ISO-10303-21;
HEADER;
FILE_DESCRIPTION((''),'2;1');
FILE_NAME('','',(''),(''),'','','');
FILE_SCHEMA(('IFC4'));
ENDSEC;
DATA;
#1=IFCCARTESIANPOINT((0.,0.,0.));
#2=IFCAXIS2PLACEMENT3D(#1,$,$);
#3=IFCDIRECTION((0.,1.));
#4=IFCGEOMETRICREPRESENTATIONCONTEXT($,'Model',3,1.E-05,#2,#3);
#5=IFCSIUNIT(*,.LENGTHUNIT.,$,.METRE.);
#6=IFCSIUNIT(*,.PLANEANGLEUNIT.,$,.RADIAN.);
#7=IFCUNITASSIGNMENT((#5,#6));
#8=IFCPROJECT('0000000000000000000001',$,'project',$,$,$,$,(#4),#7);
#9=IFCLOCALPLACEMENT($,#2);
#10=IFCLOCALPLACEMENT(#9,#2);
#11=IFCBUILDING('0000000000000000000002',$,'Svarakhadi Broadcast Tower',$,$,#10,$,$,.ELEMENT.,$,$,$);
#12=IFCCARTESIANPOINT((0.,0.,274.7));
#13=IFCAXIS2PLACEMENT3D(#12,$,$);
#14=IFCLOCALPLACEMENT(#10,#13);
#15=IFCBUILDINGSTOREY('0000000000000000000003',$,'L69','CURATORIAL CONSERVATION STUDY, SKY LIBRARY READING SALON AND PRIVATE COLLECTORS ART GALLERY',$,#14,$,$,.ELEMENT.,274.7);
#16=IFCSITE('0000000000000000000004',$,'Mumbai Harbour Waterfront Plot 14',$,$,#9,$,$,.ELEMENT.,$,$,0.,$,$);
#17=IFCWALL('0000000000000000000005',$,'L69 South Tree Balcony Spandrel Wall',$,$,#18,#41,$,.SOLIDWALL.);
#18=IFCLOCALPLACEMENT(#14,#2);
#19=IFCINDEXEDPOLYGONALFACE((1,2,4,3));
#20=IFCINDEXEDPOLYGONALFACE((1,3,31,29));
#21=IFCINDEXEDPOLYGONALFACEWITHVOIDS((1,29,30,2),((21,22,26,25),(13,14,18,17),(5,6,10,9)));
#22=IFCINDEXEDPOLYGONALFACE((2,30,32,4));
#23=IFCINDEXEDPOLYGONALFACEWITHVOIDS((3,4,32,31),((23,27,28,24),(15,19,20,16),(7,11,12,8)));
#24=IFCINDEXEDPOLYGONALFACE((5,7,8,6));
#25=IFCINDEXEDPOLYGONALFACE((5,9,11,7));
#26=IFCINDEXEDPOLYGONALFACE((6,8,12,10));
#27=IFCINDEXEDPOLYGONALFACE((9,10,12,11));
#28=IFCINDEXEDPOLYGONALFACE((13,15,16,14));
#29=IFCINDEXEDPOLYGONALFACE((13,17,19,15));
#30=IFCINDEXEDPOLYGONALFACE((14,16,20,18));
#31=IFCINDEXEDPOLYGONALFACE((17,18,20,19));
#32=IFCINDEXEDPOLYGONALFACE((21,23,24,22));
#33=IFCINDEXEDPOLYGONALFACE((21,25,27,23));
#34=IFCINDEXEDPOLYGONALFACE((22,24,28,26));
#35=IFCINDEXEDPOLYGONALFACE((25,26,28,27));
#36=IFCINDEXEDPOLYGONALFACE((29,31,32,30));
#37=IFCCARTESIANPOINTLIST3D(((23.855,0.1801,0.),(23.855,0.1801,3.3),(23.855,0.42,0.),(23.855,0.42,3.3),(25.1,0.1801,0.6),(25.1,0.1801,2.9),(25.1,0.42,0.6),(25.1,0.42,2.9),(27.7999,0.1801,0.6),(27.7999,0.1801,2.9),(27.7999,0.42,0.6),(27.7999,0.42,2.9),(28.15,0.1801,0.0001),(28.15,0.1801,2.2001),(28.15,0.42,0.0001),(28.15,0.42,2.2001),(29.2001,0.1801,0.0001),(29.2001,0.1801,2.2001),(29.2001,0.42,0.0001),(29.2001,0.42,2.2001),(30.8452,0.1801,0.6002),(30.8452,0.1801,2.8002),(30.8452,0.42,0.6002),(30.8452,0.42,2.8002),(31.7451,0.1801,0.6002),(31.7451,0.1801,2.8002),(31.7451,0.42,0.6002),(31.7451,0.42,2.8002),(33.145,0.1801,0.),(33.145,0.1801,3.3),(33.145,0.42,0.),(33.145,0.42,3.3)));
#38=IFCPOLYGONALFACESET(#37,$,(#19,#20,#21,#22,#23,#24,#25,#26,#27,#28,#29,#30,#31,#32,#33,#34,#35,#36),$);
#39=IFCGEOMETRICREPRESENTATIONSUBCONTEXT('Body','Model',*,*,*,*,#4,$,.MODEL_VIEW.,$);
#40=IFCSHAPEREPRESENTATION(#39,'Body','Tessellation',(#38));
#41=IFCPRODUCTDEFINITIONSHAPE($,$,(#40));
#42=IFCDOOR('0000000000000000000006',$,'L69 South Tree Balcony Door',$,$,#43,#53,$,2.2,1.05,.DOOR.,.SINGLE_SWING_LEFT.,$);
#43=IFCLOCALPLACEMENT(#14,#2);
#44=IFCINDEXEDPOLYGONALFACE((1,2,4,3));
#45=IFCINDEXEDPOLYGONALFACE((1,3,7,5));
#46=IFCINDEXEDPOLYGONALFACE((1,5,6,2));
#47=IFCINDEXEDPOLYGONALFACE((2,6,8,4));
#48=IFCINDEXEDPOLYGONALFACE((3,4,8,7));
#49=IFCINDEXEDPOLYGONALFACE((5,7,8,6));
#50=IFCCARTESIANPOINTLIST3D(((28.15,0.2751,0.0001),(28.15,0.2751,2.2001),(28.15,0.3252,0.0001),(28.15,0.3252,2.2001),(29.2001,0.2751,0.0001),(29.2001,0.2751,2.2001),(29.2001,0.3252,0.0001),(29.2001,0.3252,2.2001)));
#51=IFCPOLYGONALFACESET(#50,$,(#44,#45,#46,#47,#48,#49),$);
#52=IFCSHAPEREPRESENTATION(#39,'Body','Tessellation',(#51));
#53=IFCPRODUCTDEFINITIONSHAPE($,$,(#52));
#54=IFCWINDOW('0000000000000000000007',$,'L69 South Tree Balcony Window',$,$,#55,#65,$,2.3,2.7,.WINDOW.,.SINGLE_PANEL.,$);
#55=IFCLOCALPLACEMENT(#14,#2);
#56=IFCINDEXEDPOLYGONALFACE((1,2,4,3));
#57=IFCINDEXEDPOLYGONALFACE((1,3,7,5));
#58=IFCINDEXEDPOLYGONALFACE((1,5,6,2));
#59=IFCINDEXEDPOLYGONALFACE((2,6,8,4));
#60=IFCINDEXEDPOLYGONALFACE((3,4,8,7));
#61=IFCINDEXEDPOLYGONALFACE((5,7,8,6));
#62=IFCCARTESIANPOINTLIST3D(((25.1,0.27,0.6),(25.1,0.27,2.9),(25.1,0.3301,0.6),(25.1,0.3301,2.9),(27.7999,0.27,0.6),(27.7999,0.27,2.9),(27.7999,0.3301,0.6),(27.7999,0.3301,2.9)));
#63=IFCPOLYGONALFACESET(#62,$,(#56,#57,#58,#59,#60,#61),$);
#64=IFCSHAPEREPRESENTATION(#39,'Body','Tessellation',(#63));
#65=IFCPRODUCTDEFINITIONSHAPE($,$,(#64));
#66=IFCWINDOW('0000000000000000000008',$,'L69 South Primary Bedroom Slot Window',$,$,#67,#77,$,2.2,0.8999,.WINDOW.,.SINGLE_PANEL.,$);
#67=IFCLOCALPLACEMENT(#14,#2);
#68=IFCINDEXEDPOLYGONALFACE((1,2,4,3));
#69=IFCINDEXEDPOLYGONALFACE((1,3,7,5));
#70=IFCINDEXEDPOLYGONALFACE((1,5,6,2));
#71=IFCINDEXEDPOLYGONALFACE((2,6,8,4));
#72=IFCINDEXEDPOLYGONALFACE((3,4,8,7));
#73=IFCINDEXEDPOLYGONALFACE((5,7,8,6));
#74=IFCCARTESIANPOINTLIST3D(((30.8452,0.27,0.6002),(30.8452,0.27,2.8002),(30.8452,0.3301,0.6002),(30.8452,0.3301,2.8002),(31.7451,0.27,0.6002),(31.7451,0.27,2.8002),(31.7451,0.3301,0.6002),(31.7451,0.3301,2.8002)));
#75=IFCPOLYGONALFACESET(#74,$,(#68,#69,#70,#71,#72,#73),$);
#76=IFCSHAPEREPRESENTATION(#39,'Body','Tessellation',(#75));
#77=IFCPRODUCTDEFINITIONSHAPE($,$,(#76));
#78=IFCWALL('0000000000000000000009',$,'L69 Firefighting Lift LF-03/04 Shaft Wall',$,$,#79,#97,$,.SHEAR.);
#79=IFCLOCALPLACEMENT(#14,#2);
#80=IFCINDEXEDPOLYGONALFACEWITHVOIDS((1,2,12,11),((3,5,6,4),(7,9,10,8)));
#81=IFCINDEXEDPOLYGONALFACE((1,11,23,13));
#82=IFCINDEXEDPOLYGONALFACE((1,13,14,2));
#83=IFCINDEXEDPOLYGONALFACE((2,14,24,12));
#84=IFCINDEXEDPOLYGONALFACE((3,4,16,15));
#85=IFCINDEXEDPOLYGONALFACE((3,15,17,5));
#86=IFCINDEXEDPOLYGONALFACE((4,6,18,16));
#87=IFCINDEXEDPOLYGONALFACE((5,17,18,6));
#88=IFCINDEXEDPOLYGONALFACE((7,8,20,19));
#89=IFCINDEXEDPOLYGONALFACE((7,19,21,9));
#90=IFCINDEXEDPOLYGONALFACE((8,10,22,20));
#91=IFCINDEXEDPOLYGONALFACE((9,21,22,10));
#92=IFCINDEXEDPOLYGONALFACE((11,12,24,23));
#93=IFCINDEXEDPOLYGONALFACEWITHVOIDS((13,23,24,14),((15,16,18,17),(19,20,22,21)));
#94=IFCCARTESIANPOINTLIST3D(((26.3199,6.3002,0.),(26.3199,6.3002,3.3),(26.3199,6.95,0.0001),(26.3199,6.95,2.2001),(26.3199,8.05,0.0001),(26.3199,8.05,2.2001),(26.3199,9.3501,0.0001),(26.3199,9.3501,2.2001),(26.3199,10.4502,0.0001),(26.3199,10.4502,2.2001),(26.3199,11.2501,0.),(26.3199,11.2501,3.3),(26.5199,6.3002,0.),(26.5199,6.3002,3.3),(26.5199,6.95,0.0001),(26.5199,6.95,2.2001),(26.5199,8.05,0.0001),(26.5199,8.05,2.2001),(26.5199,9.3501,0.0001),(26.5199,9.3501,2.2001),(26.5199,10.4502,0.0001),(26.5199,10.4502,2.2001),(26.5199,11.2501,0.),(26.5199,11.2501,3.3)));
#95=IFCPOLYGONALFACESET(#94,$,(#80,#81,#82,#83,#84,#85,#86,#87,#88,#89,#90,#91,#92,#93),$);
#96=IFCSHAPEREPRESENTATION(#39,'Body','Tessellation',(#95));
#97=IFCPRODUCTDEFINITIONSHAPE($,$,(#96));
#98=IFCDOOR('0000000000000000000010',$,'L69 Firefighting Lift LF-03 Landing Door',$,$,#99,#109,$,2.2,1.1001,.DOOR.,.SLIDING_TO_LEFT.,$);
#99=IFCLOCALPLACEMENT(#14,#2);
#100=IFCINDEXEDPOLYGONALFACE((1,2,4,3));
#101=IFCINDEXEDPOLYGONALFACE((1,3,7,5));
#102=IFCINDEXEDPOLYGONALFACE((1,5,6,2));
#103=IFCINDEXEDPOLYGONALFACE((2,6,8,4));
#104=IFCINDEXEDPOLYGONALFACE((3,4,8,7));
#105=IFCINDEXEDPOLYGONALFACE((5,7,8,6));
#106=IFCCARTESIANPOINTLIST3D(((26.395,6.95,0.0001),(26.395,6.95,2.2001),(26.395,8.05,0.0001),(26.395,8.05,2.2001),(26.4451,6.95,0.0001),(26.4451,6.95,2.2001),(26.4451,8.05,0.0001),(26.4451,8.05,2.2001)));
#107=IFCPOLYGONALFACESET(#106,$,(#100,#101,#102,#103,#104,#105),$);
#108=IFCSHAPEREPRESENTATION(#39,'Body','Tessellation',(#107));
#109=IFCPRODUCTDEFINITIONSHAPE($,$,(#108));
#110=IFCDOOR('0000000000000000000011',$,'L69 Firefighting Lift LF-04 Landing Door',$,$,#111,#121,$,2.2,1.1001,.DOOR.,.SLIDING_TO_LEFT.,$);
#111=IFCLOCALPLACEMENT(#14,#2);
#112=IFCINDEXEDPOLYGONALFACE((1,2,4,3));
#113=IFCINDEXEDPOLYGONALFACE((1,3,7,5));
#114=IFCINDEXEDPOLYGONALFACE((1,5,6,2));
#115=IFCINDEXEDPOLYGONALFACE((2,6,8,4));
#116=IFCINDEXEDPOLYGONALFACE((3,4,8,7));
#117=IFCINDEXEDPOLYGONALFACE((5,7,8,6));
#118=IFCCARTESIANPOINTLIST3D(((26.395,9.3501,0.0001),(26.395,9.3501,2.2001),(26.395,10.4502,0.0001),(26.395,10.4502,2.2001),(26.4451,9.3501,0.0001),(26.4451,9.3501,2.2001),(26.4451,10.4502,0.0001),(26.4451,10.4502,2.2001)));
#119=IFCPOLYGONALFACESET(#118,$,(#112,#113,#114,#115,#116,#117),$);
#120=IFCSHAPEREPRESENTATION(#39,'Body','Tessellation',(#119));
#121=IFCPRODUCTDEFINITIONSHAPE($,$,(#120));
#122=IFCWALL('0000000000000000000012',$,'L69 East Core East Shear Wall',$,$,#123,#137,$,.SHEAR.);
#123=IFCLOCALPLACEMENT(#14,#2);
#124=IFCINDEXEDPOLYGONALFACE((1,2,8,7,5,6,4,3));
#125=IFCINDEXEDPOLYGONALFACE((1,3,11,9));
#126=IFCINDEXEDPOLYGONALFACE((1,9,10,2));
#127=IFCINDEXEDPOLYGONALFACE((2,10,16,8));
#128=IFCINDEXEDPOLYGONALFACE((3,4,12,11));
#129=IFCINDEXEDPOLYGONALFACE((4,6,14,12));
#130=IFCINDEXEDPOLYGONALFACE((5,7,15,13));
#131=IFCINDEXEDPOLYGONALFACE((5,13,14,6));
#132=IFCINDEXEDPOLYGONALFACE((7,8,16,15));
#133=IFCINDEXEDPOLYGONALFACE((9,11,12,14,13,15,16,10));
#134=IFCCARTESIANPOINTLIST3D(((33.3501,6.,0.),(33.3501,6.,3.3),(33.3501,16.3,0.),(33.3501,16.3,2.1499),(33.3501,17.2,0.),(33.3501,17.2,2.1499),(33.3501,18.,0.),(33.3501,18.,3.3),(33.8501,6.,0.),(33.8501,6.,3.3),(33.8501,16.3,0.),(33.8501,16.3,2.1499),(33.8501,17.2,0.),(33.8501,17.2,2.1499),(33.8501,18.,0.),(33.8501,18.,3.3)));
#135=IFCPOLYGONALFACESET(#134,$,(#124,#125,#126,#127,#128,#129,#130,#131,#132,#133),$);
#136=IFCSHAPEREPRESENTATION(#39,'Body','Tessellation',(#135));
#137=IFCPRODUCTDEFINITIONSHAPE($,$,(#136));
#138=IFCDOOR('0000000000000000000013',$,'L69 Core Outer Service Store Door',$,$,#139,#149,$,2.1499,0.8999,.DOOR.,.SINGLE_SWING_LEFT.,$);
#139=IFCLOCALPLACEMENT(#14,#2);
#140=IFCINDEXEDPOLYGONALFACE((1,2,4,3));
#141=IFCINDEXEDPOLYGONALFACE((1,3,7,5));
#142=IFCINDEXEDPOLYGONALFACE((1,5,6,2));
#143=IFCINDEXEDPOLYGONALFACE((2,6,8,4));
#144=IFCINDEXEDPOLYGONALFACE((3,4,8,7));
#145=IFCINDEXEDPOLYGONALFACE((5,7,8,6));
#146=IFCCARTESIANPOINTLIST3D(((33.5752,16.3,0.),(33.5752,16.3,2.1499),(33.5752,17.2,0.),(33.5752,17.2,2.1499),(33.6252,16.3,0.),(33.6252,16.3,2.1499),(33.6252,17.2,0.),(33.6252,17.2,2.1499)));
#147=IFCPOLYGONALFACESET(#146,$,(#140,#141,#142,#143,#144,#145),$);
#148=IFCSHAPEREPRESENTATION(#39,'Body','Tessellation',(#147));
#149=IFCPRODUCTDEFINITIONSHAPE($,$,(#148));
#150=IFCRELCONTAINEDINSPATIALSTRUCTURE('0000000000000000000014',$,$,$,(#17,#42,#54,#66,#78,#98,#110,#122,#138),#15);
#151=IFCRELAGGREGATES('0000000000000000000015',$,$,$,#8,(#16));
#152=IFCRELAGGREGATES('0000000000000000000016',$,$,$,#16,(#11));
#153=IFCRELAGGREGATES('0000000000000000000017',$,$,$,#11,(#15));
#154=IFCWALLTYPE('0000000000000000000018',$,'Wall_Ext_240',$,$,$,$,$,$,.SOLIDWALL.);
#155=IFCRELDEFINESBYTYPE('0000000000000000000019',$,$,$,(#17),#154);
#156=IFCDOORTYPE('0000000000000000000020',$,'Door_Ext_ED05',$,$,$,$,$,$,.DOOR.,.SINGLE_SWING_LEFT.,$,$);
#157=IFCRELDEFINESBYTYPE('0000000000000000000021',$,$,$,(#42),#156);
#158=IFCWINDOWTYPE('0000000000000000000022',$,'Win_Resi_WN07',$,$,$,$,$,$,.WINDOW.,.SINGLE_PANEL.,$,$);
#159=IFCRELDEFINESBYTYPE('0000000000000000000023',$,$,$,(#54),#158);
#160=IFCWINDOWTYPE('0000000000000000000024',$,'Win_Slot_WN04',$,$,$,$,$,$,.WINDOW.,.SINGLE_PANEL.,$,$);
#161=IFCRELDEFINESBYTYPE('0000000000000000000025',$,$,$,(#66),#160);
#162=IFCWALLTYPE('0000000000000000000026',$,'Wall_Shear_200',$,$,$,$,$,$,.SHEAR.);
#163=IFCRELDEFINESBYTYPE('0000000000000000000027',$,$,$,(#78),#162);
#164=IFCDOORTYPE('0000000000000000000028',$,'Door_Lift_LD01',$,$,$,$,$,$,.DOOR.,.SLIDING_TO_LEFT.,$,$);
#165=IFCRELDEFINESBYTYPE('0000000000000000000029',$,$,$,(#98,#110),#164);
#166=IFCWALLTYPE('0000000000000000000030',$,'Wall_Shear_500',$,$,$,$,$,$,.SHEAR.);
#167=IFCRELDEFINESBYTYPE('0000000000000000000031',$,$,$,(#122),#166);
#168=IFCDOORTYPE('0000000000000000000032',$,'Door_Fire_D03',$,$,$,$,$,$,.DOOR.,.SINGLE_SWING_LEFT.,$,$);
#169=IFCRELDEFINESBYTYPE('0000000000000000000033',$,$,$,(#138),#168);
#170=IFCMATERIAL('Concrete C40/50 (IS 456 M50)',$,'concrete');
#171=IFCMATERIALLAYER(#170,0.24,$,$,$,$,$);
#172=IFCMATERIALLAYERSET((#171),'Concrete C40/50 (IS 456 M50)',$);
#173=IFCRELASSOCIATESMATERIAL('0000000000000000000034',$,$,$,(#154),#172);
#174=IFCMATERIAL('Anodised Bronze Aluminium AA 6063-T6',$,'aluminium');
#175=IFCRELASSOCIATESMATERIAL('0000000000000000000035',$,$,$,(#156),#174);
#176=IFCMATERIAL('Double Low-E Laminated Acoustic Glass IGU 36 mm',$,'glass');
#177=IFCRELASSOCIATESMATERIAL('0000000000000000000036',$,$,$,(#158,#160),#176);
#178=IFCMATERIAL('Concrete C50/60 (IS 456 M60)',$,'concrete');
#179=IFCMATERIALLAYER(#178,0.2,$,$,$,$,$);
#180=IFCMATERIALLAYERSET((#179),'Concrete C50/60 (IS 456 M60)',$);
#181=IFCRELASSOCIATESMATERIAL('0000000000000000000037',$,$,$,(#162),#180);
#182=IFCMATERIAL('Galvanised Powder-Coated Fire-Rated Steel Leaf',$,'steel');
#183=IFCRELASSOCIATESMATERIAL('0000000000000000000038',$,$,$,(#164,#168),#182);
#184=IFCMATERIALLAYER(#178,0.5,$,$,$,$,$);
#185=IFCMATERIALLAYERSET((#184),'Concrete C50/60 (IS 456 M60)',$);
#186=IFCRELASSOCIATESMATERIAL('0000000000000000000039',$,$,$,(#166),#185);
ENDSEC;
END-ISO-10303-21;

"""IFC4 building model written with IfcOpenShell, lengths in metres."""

from ifc_helpers import new_model, si_unit, direction, frame, frame_2d, origin, place, context, subcontext, project, spatial, rectangle, extrude, material, layer, layer_set, type_object, element, fill, save


model = new_model("IFC4")

# Units and contexts
model_context = context("Model", 3, precision=1e-05, world=origin(), true_north=direction((0.0, 1.0)))
body_context = subcontext(model_context, "Body", "Model", "MODEL_VIEW")
ifc_project = project(units=[si_unit("LENGTHUNIT", "METRE"), si_unit("PLANEANGLEUNIT", "RADIAN")], contexts=[model_context])

# Site, building, storey
site_placement = place(None, origin())
site = spatial("IfcSite", under=ifc_project, at=site_placement, Name="Mumbai Harbour Waterfront Plot 14", CompositionType="ELEMENT", RefElevation=0.0)
building_placement = place(site_placement, origin())
building = spatial("IfcBuilding", under=site, at=building_placement, Name="Svarakhadi Broadcast Tower", CompositionType="ELEMENT")
storey_placement = place(building_placement, frame((0.0, 0.0, 274.7)))
storey = spatial("IfcBuildingStorey", under=building, at=storey_placement, Name="L69", Description="CURATORIAL CONSERVATION STUDY, SKY LIBRARY READING SALON AND PRIVATE COLLECTORS ART GALLERY", CompositionType="ELEMENT", Elevation=274.7)

# Shared definitions
ifc_material_1 = material(Name="Concrete C50/60 (IS 456 M60)", Category="concrete")

# Shared definitions
ifc_material_2 = material(Name="Anodised Bronze Aluminium AA 6063-T6", Category="aluminium")

# Shared definitions
ifc_material_3 = material(Name="Double Low-E Laminated Acoustic Glass IGU 36 mm", Category="glass")

# Wall, openings, door, windows
ifc_material_4 = material(Name="Concrete C40/50 (IS 456 M50)", Category="concrete")
ifc_layer_1 = layer(ifc_material_4, 0.24)
ifc_layer_set_1 = layer_set([ifc_layer_1], Name="Concrete C40/50 (IS 456 M50)")
wall_type_1 = type_object("IfcWallType", Name="Wall_Ext_240", PredefinedType="SOLIDWALL", material=ifc_layer_set_1)
wall_1_placement = place(storey_placement, frame((33.145, 0.3, 0.0), z_axis=(0.0, 0.0, 1.0), x_axis=(-1.0, 0.0, 0.0)))
wall_1 = element("IfcWall", 1, at=wall_1_placement, inside=storey, type_object=wall_type_1, Name="L69 South Tree Balcony Spandrel Wall", PredefinedType="SOLIDWALL", context=body_context, shape_type="SweptSolid", body=[
    extrude(rectangle(XDim=9.29, YDim=0.24, at=frame_2d((4.645, 0.0))), origin(), (0.0, 0.0, 1.0), 3.3),
])
opening_1_placement = place(wall_1_placement, frame((3.9451, 0.0, 0.0)))
opening_1 = element("IfcOpeningElement", 2, at=opening_1_placement, cuts=wall_1, PredefinedType="OPENING", context=body_context, shape_type="SweptSolid", body=[
    extrude(rectangle(XDim=1.05, YDim=2.2, at=frame_2d((0.5249, 1.1001))), frame((0.0, 0.1299, 0.0), z_axis=(0.0, -1.0, 0.0), x_axis=(1.0, 0.0, 0.0)), (0.0, 0.0, 1.0), 0.26),
])
opening_2_placement = place(wall_1_placement, frame((5.345, 0.0, 0.6001)))
opening_2 = element("IfcOpeningElement", 3, at=opening_2_placement, cuts=wall_1, PredefinedType="OPENING", context=body_context, shape_type="SweptSolid", body=[
    extrude(rectangle(XDim=2.7, YDim=2.3, at=frame_2d((1.3501, 1.1499))), frame((0.0, 0.1299, 0.0), z_axis=(0.0, -1.0, 0.0), x_axis=(1.0, 0.0, 0.0)), (0.0, 0.0, 1.0), 0.26),
])
opening_3_placement = place(wall_1_placement, frame((1.3999, 0.0, 0.6001)))
opening_3 = element("IfcOpeningElement", 4, at=opening_3_placement, cuts=wall_1, PredefinedType="OPENING", context=body_context, shape_type="SweptSolid", body=[
    extrude(rectangle(XDim=0.8999, YDim=2.2, at=frame_2d((0.45, 1.1001))), frame((0.0, 0.1299, 0.0), z_axis=(0.0, -1.0, 0.0), x_axis=(1.0, 0.0, 0.0)), (0.0, 0.0, 1.0), 0.26),
])
door_type_1 = type_object("IfcDoorType", Name="Door_Ext_ED05", OperationType="SINGLE_SWING_LEFT", PredefinedType="DOOR", material=ifc_material_2)
door_1_placement = place(opening_1_placement, origin())
door_1 = element("IfcDoor", 5, at=door_1_placement, inside=storey, type_object=door_type_1, Name="L69 South Tree Balcony Door", OperationType="SINGLE_SWING_LEFT", OverallHeight=2.2, OverallWidth=1.05, PredefinedType="DOOR", context=body_context, shape_type="SweptSolid", body=[
    extrude(rectangle(XDim=1.05, YDim=2.2, at=frame_2d((0.5249, 1.1001))), frame((0.0, 0.0249, 0.0), z_axis=(0.0, -1.0, 0.0), x_axis=(1.0, 0.0, 0.0)), (0.0, 0.0, 1.0), 0.05),
])
fill(opening_1, door_1)
window_type_1 = type_object("IfcWindowType", Name="Win_Resi_WN07", PartitioningType="SINGLE_PANEL", PredefinedType="WINDOW", material=ifc_material_3)
window_1_placement = place(opening_2_placement, origin())
window_1 = element("IfcWindow", 6, at=window_1_placement, inside=storey, type_object=window_type_1, Name="L69 South Tree Balcony Window", OverallHeight=2.3, OverallWidth=2.7, PartitioningType="SINGLE_PANEL", PredefinedType="WINDOW", context=body_context, shape_type="SweptSolid", body=[
    extrude(rectangle(XDim=2.7, YDim=2.3, at=frame_2d((1.3501, 1.1499))), frame((0.0, 0.03, 0.0), z_axis=(0.0, -1.0, 0.0), x_axis=(1.0, 0.0, 0.0)), (0.0, 0.0, 1.0), 0.0601),
])
fill(opening_2, window_1)
window_type_2 = type_object("IfcWindowType", Name="Win_Slot_WN04", PartitioningType="SINGLE_PANEL", PredefinedType="WINDOW", material=ifc_material_3)
window_2_placement = place(opening_3_placement, origin())
window_2 = element("IfcWindow", 7, at=window_2_placement, inside=storey, type_object=window_type_2, Name="L69 South Primary Bedroom Slot Window", OverallHeight=2.2, OverallWidth=0.8999, PartitioningType="SINGLE_PANEL", PredefinedType="WINDOW", context=body_context, shape_type="SweptSolid", body=[
    extrude(rectangle(XDim=0.8999, YDim=2.2, at=frame_2d((0.45, 1.1001))), frame((0.0, 0.03, 0.0), z_axis=(0.0, -1.0, 0.0), x_axis=(1.0, 0.0, 0.0)), (0.0, 0.0, 1.0), 0.0601),
])
fill(opening_3, window_2)

# Wall, openings, doors
ifc_layer_2 = layer(ifc_material_1, 0.2)
ifc_layer_set_2 = layer_set([ifc_layer_2], Name="Concrete C50/60 (IS 456 M60)")
wall_type_2 = type_object("IfcWallType", Name="Wall_Shear_200", PredefinedType="SHEAR", material=ifc_layer_set_2)
wall_2_placement = place(storey_placement, frame((26.4199, 6.3, 0.0), z_axis=(0.0, 0.0, 1.0), x_axis=(0.0, 1.0, 0.0)))
wall_2 = element("IfcWall", 8, at=wall_2_placement, inside=storey, type_object=wall_type_2, Name="L69 Firefighting Lift LF-03/04 Shaft Wall", PredefinedType="SHEAR", context=body_context, shape_type="SweptSolid", body=[
    extrude(rectangle(XDim=4.95, YDim=0.2, at=frame_2d((2.4751, 0.0))), origin(), (0.0, 0.0, 1.0), 3.3),
])
opening_4_placement = place(wall_2_placement, frame((0.6499, 0.0, 0.0)))
opening_4 = element("IfcOpeningElement", 9, at=opening_4_placement, cuts=wall_2, PredefinedType="OPENING", context=body_context, shape_type="SweptSolid", body=[
    extrude(rectangle(XDim=1.1001, YDim=2.2, at=frame_2d((0.55, 1.1001))), frame((0.0, 0.1099, 0.0), z_axis=(0.0, -1.0, 0.0), x_axis=(1.0, 0.0, 0.0)), (0.0, 0.0, 1.0), 0.22),
])
opening_5_placement = place(wall_2_placement, frame((3.05, 0.0, 0.0)))
opening_5 = element("IfcOpeningElement", 10, at=opening_5_placement, cuts=wall_2, PredefinedType="OPENING", context=body_context, shape_type="SweptSolid", body=[
    extrude(rectangle(XDim=1.1001, YDim=2.2, at=frame_2d((0.55, 1.1001))), frame((0.0, 0.1099, 0.0), z_axis=(0.0, -1.0, 0.0), x_axis=(1.0, 0.0, 0.0)), (0.0, 0.0, 1.0), 0.22),
])
ifc_material_5 = material(Name="Galvanised Powder-Coated Fire-Rated Steel Leaf", Category="steel")
door_type_2 = type_object("IfcDoorType", Name="Door_Lift_LD01", OperationType="SLIDING_TO_LEFT", PredefinedType="DOOR", material=ifc_material_5)
door_2_placement = place(opening_4_placement, origin())
door_2 = element("IfcDoor", 11, at=door_2_placement, inside=storey, type_object=door_type_2, Name="L69 Firefighting Lift LF-03 Landing Door", OperationType="SLIDING_TO_LEFT", OverallHeight=2.2, OverallWidth=1.1001, PredefinedType="DOOR", context=body_context, shape_type="SweptSolid", body=[
    extrude(rectangle(XDim=1.1001, YDim=2.2, at=frame_2d((0.55, 1.1001))), frame((0.0, 0.0249, 0.0), z_axis=(0.0, -1.0, 0.0), x_axis=(1.0, 0.0, 0.0)), (0.0, 0.0, 1.0), 0.05),
])
fill(opening_4, door_2)
door_3_placement = place(opening_5_placement, origin())
door_3 = element("IfcDoor", 12, at=door_3_placement, inside=storey, type_object=door_type_2, Name="L69 Firefighting Lift LF-04 Landing Door", OperationType="SLIDING_TO_LEFT", OverallHeight=2.2, OverallWidth=1.1001, PredefinedType="DOOR", context=body_context, shape_type="SweptSolid", body=[
    extrude(rectangle(XDim=1.1001, YDim=2.2, at=frame_2d((0.55, 1.1001))), frame((0.0, 0.0249, 0.0), z_axis=(0.0, -1.0, 0.0), x_axis=(1.0, 0.0, 0.0)), (0.0, 0.0, 1.0), 0.05),
])
fill(opening_5, door_3)

# Wall, opening, door
ifc_layer_3 = layer(ifc_material_1, 0.5)
ifc_layer_set_3 = layer_set([ifc_layer_3], Name="Concrete C50/60 (IS 456 M60)")
wall_type_3 = type_object("IfcWallType", Name="Wall_Shear_500", PredefinedType="SHEAR", material=ifc_layer_set_3)
wall_3_placement = place(storey_placement, frame((33.6001, 6.0, 0.0), z_axis=(0.0, 0.0, 1.0), x_axis=(0.0, 1.0, 0.0)))
wall_3 = element("IfcWall", 13, at=wall_3_placement, inside=storey, type_object=wall_type_3, Name="L69 East Core East Shear Wall", PredefinedType="SHEAR", context=body_context, shape_type="SweptSolid", body=[
    extrude(rectangle(XDim=12.0, YDim=0.5, at=frame_2d((6.0, 0.0))), origin(), (0.0, 0.0, 1.0), 3.3),
])
opening_6_placement = place(wall_3_placement, frame((10.3, 0.0, 0.0)))
opening_6 = element("IfcOpeningElement", 14, at=opening_6_placement, cuts=wall_3, PredefinedType="OPENING", context=body_context, shape_type="SweptSolid", body=[
    extrude(rectangle(XDim=0.8999, YDim=2.1499, at=frame_2d((0.45, 1.075))), frame((0.0, 0.26, 0.0), z_axis=(0.0, -1.0, 0.0), x_axis=(1.0, 0.0, 0.0)), (0.0, 0.0, 1.0), 0.52),
])
door_type_3 = type_object("IfcDoorType", Name="Door_Fire_D03", OperationType="SINGLE_SWING_LEFT", PredefinedType="DOOR", material=ifc_material_5)
door_4_placement = place(opening_6_placement, origin())
door_4 = element("IfcDoor", 15, at=door_4_placement, inside=storey, type_object=door_type_3, Name="L69 Core Outer Service Store Door", OperationType="SINGLE_SWING_LEFT", OverallHeight=2.1499, OverallWidth=0.8999, PredefinedType="DOOR", context=body_context, shape_type="SweptSolid", body=[
    extrude(rectangle(XDim=0.8999, YDim=2.1499, at=frame_2d((0.45, 1.075))), frame((0.0, 0.0249, 0.0), z_axis=(0.0, -1.0, 0.0), x_axis=(1.0, 0.0, 0.0)), (0.0, 0.0, 1.0), 0.05),
])
fill(opening_6, door_4)

save(model, "model.ifc")
